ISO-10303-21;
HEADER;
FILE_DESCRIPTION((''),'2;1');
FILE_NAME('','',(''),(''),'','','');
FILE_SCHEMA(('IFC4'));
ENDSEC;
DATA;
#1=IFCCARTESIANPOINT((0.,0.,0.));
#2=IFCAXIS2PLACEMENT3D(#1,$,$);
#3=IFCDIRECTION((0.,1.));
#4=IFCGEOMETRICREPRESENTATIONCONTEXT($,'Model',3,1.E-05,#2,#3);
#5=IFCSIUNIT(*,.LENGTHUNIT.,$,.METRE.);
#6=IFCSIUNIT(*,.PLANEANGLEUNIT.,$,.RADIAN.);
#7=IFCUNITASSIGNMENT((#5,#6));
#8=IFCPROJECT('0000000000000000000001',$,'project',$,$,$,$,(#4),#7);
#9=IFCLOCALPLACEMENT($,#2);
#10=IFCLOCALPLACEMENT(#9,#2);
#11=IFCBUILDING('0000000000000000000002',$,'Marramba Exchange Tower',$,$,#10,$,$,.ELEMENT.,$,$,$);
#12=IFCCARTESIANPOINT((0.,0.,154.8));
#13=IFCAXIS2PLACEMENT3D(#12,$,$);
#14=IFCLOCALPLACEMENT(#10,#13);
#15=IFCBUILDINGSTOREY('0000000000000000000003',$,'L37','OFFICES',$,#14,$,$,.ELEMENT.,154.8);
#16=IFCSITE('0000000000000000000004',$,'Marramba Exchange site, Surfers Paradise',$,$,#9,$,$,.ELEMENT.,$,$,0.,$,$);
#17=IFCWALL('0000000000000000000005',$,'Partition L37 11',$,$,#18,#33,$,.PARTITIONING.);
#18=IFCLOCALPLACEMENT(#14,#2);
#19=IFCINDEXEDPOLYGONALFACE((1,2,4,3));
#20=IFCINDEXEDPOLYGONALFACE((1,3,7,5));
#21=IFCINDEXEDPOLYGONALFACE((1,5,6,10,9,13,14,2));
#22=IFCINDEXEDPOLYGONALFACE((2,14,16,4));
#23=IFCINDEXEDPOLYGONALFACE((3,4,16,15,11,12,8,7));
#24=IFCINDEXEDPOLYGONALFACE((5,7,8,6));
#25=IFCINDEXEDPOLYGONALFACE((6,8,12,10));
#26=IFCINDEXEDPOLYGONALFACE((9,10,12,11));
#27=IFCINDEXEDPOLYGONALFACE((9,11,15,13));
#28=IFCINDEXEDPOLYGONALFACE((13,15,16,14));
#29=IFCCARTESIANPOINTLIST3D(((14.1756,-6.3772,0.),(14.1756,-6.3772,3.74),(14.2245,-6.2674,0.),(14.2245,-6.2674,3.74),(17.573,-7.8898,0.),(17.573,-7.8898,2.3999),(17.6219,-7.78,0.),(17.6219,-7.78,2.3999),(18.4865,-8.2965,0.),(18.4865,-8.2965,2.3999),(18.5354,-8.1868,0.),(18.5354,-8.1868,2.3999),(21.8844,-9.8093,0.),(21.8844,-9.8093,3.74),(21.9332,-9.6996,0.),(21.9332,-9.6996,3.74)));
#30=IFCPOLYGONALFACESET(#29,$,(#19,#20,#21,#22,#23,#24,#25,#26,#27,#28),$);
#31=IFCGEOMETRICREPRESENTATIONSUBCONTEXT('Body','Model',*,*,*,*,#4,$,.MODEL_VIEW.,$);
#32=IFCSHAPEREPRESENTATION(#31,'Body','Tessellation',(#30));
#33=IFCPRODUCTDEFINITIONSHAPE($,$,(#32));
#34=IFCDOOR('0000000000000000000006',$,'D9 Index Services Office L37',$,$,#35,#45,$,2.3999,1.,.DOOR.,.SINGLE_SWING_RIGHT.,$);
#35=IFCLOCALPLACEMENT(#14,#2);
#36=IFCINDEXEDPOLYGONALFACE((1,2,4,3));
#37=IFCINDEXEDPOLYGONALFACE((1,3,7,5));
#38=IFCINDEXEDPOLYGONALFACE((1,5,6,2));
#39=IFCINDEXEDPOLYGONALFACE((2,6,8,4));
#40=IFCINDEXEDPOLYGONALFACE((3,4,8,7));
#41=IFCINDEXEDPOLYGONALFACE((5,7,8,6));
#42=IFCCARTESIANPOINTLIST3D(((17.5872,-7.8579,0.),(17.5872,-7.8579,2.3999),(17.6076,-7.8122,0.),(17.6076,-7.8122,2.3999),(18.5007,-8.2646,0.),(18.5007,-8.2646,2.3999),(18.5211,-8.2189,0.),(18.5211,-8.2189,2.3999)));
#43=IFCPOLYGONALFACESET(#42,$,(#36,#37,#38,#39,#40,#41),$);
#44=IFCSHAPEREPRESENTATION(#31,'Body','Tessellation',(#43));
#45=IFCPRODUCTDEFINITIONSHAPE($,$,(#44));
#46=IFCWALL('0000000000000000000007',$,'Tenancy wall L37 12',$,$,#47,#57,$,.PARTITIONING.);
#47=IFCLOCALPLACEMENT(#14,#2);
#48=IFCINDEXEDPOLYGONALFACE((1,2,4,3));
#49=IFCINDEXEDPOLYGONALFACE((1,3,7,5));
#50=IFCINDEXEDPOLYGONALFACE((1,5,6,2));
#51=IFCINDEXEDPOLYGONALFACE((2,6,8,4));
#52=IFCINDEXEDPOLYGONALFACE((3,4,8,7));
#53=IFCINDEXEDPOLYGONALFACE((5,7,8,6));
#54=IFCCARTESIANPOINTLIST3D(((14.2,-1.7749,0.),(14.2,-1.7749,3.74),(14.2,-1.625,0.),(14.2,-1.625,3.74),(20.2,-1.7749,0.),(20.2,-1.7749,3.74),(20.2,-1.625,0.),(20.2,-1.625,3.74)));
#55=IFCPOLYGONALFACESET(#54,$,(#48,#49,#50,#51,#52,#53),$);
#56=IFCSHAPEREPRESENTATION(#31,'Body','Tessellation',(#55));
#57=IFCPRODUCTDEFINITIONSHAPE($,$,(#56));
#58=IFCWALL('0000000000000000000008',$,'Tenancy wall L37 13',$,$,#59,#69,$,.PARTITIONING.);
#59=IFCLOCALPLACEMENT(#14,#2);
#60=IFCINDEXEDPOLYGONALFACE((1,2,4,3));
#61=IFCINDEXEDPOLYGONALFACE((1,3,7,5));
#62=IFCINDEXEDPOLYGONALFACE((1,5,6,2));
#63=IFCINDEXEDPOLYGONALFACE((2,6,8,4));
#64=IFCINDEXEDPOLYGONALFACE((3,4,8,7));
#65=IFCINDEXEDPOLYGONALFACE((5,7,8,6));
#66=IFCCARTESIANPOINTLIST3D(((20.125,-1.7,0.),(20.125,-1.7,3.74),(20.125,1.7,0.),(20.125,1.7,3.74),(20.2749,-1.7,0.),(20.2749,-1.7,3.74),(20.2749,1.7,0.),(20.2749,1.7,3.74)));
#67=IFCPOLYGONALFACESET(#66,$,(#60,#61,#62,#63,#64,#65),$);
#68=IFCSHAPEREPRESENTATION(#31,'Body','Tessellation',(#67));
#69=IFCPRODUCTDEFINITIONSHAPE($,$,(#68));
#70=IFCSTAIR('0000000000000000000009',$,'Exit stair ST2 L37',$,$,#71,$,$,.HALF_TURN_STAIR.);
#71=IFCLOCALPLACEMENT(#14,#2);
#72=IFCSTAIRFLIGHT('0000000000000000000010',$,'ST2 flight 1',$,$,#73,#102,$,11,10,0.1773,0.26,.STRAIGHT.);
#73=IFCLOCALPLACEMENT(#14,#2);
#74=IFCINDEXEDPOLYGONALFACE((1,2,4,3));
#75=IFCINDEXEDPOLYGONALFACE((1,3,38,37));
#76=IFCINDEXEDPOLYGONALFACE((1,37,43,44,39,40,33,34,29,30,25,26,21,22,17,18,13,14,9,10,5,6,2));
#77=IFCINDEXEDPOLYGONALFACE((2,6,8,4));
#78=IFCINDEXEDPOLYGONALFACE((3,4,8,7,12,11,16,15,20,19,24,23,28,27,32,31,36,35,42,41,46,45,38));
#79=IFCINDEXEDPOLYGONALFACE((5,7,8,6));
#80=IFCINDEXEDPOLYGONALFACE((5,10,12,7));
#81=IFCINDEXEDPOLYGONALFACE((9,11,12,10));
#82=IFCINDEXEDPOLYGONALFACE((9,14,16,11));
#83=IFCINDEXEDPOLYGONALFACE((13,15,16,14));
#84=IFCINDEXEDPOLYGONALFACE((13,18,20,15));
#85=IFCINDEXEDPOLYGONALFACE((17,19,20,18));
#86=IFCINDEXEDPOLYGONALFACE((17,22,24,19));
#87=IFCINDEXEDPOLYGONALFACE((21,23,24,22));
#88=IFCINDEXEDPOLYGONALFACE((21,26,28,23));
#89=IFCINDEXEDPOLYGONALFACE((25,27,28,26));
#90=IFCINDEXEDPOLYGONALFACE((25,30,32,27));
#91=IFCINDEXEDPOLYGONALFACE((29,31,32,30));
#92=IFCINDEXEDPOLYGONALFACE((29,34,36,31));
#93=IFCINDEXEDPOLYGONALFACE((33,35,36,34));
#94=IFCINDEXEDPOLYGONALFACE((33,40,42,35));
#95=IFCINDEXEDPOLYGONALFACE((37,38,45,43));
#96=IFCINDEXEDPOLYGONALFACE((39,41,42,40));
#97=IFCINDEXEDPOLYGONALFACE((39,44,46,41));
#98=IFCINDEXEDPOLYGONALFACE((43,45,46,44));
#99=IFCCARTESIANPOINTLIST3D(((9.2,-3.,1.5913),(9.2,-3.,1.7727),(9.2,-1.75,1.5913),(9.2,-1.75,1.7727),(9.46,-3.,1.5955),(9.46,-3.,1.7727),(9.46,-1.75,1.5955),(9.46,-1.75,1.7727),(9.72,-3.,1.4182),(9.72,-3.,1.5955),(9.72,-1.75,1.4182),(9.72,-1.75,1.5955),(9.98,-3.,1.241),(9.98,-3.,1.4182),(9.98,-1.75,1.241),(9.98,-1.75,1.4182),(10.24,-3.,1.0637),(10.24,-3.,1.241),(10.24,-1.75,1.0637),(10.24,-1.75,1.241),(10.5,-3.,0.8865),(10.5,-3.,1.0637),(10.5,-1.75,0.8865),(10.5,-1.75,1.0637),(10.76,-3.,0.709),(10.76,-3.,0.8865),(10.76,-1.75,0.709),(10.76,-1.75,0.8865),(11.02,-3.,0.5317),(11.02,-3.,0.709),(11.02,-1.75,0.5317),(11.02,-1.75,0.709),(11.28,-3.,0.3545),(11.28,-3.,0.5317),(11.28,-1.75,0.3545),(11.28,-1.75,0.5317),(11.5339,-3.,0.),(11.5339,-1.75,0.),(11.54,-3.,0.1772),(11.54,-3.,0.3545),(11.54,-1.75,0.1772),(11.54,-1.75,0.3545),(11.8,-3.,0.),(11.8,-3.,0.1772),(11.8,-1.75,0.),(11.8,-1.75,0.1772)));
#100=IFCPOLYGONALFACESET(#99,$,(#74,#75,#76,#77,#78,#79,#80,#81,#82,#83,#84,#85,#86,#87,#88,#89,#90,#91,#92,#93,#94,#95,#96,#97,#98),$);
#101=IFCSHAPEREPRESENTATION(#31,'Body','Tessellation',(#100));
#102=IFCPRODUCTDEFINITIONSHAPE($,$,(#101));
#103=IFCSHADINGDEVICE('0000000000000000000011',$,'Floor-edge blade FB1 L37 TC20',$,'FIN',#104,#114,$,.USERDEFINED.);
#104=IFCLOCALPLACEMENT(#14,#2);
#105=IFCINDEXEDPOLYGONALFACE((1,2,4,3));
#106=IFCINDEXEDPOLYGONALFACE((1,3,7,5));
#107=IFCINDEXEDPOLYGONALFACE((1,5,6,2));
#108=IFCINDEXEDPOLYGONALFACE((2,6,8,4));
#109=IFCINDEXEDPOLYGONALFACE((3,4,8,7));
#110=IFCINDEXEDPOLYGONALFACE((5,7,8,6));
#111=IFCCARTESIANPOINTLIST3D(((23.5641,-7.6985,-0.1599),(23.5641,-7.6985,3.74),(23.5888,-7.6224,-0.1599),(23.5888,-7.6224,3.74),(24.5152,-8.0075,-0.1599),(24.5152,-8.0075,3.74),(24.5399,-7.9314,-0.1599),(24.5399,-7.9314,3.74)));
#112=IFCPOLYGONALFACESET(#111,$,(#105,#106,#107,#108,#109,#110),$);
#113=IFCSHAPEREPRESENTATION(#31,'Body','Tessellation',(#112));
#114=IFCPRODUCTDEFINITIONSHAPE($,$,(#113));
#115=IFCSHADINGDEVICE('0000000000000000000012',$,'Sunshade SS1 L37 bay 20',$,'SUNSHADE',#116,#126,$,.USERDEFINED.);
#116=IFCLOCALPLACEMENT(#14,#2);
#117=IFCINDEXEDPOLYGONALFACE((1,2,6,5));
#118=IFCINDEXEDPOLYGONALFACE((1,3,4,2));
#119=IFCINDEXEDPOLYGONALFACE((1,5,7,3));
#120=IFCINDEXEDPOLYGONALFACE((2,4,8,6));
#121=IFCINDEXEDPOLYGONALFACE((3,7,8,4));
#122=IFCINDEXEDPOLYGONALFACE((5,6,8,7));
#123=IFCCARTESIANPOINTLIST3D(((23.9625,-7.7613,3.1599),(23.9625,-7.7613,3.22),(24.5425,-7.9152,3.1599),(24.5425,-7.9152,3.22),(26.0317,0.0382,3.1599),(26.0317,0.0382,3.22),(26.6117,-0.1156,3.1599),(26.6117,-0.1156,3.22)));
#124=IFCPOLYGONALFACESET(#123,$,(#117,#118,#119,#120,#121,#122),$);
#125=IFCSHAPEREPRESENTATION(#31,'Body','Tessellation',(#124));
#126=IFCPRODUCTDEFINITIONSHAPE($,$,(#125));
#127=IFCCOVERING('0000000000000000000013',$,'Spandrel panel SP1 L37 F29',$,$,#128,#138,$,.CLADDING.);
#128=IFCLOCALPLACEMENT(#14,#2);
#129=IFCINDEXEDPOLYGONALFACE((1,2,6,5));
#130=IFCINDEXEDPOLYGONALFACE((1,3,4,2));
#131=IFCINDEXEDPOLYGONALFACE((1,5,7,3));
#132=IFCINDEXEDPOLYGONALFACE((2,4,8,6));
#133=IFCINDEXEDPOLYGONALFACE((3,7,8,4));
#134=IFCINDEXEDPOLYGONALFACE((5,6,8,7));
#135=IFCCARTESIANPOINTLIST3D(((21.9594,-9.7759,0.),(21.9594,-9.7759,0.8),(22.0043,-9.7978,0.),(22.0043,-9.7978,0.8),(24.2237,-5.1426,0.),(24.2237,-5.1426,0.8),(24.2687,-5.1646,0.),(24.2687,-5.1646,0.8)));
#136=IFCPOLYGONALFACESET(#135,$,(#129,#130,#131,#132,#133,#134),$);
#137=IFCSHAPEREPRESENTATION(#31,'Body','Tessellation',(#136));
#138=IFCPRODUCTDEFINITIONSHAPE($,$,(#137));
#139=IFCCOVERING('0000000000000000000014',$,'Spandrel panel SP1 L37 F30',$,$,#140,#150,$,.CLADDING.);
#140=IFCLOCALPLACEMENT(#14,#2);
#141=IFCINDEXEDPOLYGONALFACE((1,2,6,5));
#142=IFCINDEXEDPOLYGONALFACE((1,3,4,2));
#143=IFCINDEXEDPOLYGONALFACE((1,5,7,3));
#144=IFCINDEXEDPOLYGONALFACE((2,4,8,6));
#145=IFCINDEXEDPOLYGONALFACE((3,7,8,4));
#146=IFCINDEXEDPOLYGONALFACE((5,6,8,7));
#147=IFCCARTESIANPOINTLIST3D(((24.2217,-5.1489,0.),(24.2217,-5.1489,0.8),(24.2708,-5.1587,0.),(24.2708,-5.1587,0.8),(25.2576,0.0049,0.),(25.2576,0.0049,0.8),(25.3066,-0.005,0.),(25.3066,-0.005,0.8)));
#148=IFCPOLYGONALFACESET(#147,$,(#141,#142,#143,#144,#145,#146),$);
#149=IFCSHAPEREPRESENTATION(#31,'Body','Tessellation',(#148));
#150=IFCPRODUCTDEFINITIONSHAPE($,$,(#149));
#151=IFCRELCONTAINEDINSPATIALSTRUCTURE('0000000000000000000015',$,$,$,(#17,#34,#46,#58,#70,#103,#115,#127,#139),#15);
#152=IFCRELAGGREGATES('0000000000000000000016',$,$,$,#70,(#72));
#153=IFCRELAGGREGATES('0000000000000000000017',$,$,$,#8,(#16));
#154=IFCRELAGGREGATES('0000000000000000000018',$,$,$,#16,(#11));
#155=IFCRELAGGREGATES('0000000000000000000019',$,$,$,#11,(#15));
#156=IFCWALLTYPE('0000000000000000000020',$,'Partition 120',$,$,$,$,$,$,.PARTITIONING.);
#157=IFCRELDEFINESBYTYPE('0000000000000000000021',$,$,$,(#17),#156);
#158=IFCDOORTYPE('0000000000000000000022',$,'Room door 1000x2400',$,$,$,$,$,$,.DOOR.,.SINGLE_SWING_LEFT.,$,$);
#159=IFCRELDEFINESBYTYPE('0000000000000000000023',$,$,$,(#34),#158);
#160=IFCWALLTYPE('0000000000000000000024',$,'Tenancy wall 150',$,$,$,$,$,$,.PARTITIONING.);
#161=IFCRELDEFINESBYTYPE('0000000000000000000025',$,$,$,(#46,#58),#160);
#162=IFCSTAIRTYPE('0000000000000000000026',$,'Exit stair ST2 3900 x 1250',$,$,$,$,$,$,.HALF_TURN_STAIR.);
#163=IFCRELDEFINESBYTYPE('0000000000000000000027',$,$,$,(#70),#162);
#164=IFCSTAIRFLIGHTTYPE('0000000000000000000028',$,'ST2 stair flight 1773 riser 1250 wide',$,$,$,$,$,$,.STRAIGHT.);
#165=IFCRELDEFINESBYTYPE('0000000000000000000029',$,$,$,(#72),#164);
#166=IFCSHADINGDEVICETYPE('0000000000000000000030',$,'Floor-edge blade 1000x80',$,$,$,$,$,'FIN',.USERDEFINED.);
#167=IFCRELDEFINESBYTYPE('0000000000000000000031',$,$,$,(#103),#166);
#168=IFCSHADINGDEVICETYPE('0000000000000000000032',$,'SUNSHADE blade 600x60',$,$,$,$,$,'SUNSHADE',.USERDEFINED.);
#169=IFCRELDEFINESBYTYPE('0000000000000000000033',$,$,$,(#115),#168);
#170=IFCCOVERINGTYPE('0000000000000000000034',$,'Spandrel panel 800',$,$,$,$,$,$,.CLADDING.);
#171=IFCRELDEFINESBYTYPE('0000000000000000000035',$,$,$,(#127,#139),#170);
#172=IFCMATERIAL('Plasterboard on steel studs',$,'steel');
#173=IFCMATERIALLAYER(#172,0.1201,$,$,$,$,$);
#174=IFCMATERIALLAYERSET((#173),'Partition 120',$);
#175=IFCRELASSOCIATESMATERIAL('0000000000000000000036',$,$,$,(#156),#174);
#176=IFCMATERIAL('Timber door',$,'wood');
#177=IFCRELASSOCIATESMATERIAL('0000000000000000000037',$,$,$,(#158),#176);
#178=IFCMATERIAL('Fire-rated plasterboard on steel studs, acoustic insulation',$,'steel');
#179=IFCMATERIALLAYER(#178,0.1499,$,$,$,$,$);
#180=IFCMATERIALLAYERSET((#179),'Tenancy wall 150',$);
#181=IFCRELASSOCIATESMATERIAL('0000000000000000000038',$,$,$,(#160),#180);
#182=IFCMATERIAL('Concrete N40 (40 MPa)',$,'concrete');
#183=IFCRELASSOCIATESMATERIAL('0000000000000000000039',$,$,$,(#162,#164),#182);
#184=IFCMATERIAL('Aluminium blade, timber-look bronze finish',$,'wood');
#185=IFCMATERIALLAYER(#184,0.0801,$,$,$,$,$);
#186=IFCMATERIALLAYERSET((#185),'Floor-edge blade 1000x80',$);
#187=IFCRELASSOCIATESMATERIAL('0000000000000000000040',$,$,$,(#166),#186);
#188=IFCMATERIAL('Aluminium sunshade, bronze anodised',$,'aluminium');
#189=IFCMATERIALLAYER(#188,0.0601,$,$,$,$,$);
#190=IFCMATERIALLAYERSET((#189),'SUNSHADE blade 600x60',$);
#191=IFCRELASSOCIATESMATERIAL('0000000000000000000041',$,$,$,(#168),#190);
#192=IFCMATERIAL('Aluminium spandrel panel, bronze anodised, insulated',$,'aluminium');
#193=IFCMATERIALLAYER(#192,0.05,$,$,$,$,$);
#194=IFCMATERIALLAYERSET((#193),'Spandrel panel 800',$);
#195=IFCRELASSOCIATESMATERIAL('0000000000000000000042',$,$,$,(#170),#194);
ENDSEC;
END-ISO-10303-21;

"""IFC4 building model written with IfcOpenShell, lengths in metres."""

from ifc_helpers import new_model, si_unit, direction, frame, frame_2d, origin, origin_2d, place, context, subcontext, project, spatial, polyline, rectangle, outline, extrude, material, layer, layer_set, type_object, element, fill, aggregate, save


model = new_model("IFC4")

# Units and contexts
model_context = context("Model", 3, precision=1e-05, world=origin(), true_north=direction((0.0, 1.0)))
body_context = subcontext(model_context, "Body", "Model", "MODEL_VIEW")
ifc_project = project(units=[si_unit("LENGTHUNIT", "METRE"), si_unit("PLANEANGLEUNIT", "RADIAN")], contexts=[model_context])

# Site, building, storey
site_placement = place(None, origin())
site = spatial("IfcSite", under=ifc_project, at=site_placement, Name="Marramba Exchange site, Surfers Paradise", CompositionType="ELEMENT", RefElevation=0.0)
building_placement = place(site_placement, origin())
building = spatial("IfcBuilding", under=site, at=building_placement, Name="Marramba Exchange Tower", CompositionType="ELEMENT")
storey_placement = place(building_placement, frame((0.0, 0.0, 154.8)))
storey = spatial("IfcBuildingStorey", under=building, at=storey_placement, Name="L37", Description="OFFICES", CompositionType="ELEMENT", Elevation=154.8)

# Wall, opening, door
ifc_material_1 = material(Name="Plasterboard on steel studs", Category="steel")
ifc_layer_1 = layer(ifc_material_1, 0.1201)
ifc_layer_set_1 = layer_set([ifc_layer_1], Name="Partition 120")
wall_type_1 = type_object("IfcWallType", Name="Partition 120", PredefinedType="PARTITIONING", material=ifc_layer_set_1)
wall_1_placement = place(storey_placement, frame((14.2, -6.3223, 0.0), z_axis=(0.0, 0.0, 1.0), x_axis=(0.913546, -0.406734, 0.0)))
wall_1 = element("IfcWall", 1, at=wall_1_placement, inside=storey, type_object=wall_type_1, Name="Partition L37 11", PredefinedType="PARTITIONING", context=body_context, shape_type="SweptSolid", body=[
    extrude(rectangle(XDim=8.4382, YDim=0.1201, at=frame_2d((4.2192, 0.0))), origin(), (0.0, 0.0, 1.0), 3.74),
])
opening_1_placement = place(wall_1_placement, frame((3.719, 0.0, 0.0)))
opening_1 = element("IfcOpeningElement", 2, at=opening_1_placement, cuts=wall_1, PredefinedType="OPENING", context=body_context, shape_type="SweptSolid", body=[
    extrude(rectangle(XDim=1.0, YDim=2.3999, at=frame_2d((0.5, 1.2))), frame((0.0, 0.0701, 0.0), z_axis=(0.0, -1.0, 0.0), x_axis=(1.0, 0.0, 0.0)), (0.0, 0.0, 1.0), 0.1401),
])
ifc_material_2 = material(Name="Timber door", Category="wood")
door_type_1 = type_object("IfcDoorType", Name="Room door 1000x2400", OperationType="SINGLE_SWING_LEFT", PredefinedType="DOOR", material=ifc_material_2)
door_1_placement = place(opening_1_placement, origin())
door_1 = element("IfcDoor", 3, at=door_1_placement, inside=storey, type_object=door_type_1, Name="D9 Index Services Office L37", OperationType="SINGLE_SWING_RIGHT", OverallHeight=2.3999, OverallWidth=1.0, PredefinedType="DOOR", context=body_context, shape_type="SweptSolid", body=[
    extrude(rectangle(XDim=1.0, YDim=2.3999, at=frame_2d((0.5, 1.2))), frame((0.0, 0.0249, 0.0), z_axis=(0.0, -1.0, 0.0), x_axis=(1.0, 0.0, 0.0)), (0.0, 0.0, 1.0), 0.05),
])
fill(opening_1, door_1)

# Walls
ifc_material_3 = material(Name="Fire-rated plasterboard on steel studs, acoustic insulation", Category="steel")
ifc_layer_2 = layer(ifc_material_3, 0.1499)
ifc_layer_set_2 = layer_set([ifc_layer_2], Name="Tenancy wall 150")
wall_type_2 = type_object("IfcWallType", Name="Tenancy wall 150", PredefinedType="PARTITIONING", material=ifc_layer_set_2)
wall_2_placement = place(storey_placement, frame((14.2, -1.7, 0.0), z_axis=(0.0, 0.0, 1.0), x_axis=(1.0, 0.0, 0.0)))
element("IfcWall", 4, at=wall_2_placement, inside=storey, type_object=wall_type_2, Name="Tenancy wall L37 12", PredefinedType="PARTITIONING", context=body_context, shape_type="SweptSolid", body=[
    extrude(rectangle(XDim=6.0, YDim=0.1499, at=frame_2d((3.0, 0.0))), origin(), (0.0, 0.0, 1.0), 3.74),
])
wall_3_placement = place(storey_placement, frame((20.2, -1.7, 0.0), z_axis=(0.0, 0.0, 1.0), x_axis=(0.0, 1.0, 0.0)))
element("IfcWall", 5, at=wall_3_placement, inside=storey, type_object=wall_type_2, Name="Tenancy wall L37 13", PredefinedType="PARTITIONING", context=body_context, shape_type="SweptSolid", body=[
    extrude(rectangle(XDim=3.3999, YDim=0.1499, at=frame_2d((1.7, 0.0))), origin(), (0.0, 0.0, 1.0), 3.74),
])

# Stair, stair flight
ifc_material_4 = material(Name="Concrete N40 (40 MPa)", Category="concrete")
stair_type = type_object("IfcStairType", Name="Exit stair ST2 3900 x 1250", PredefinedType="HALF_TURN_STAIR", material=ifc_material_4)
stair_placement = place(storey_placement, origin())
stair = element("IfcStair", 6, at=stair_placement, inside=storey, type_object=stair_type, Name="Exit stair ST2 L37", PredefinedType="HALF_TURN_STAIR")
stair_flight_type = type_object("IfcStairFlightType", Name="ST2 stair flight 1773 riser 1250 wide", PredefinedType="STRAIGHT", material=ifc_material_4)
stair_flight_placement = place(storey_placement, frame((11.8, -2.375, 0.0), z_axis=(0.0, 0.0, 1.0), x_axis=(-1.0, 0.0, 0.0)))
stair_flight = element("IfcStairFlight", 7, at=stair_flight_placement, type_object=stair_flight_type, Name="ST2 flight 1", NumberOfRisers=11, NumberOfTreads=10, PredefinedType="STRAIGHT", RiserHeight=0.1773, TreadLength=0.26, context=body_context, shape_type="SweptSolid", body=[
    extrude(outline(polyline([(0.0, 0.0), (0.0, 0.1772), (0.26, 0.1772), (0.26, 0.3545), (0.52, 0.3545), (0.52, 0.5317), (0.78, 0.5317), (0.78, 0.709), (1.04, 0.709), (1.04, 0.8865), (1.3, 0.8865), (1.3, 1.0637), (1.5601, 1.0637), (1.5601, 1.241), (1.8201, 1.241), (1.8201, 1.4182), (2.0801, 1.4182), (2.0801, 1.5955), (2.3401, 1.5955), (2.3401, 1.7727), (2.6001, 1.7727), (2.6001, 1.95), (2.6001, 1.5913), (0.2661, 0.0), (0.0, 0.0)])), frame((0.0, 0.625, 0.0), z_axis=(0.0, -1.0, 0.0), x_axis=(1.0, 0.0, 0.0)), (0.0, 0.0, 1.0), 1.25),
])
aggregate(stair, [stair_flight])

# Shading devices
ifc_material_5 = material(Name="Aluminium blade, timber-look bronze finish", Category="wood")
ifc_layer_3 = layer(ifc_material_5, 0.0801)
ifc_layer_set_3 = layer_set([ifc_layer_3], Name="Floor-edge blade 1000x80")
shading_device_type_1 = type_object("IfcShadingDeviceType", Name="Floor-edge blade 1000x80", ElementType="FIN", PredefinedType="USERDEFINED", material=ifc_layer_set_3)
shading_device_1_placement = place(storey_placement, frame((24.052, -7.8149, -0.1599), z_axis=(0.0, 0.0, 1.0), x_axis=(0.951057, -0.309017, 0.0)))
element("IfcShadingDevice", 8, at=shading_device_1_placement, inside=storey, type_object=shading_device_type_1, Name="Floor-edge blade FB1 L37 TC20", ObjectType="FIN", PredefinedType="USERDEFINED", context=body_context, shape_type="SweptSolid", body=[
    extrude(rectangle(XDim=1.0, YDim=0.0801, at=origin_2d()), origin(), (0.0, 0.0, 1.0), 3.8999),
])
ifc_material_6 = material(Name="Aluminium sunshade, bronze anodised", Category="aluminium")
ifc_layer_4 = layer(ifc_material_6, 0.0601)
ifc_layer_set_4 = layer_set([ifc_layer_4], Name="SUNSHADE blade 600x60")
shading_device_type_2 = type_object("IfcShadingDeviceType", Name="SUNSHADE blade 600x60", ElementType="SUNSHADE", PredefinedType="USERDEFINED", material=ifc_layer_set_4)
shading_device_2_placement = place(storey_placement, frame((25.2871, -3.9385, 3.1599), z_axis=(0.0, 0.0, 1.0), x_axis=(0.256423, 0.966565, 0.0)))
element("IfcShadingDevice", 9, at=shading_device_2_placement, inside=storey, type_object=shading_device_type_2, Name="Sunshade SS1 L37 bay 20", ObjectType="SUNSHADE", PredefinedType="USERDEFINED", context=body_context, shape_type="SweptSolid", body=[
    extrude(rectangle(XDim=8.0693, YDim=0.6001, at=origin_2d()), origin(), (0.0, 0.0, 1.0), 0.0601),
])

# Coverings
ifc_material_7 = material(Name="Aluminium spandrel panel, bronze anodised, insulated", Category="aluminium")
ifc_layer_5 = layer(ifc_material_7, 0.05)
ifc_layer_set_5 = layer_set([ifc_layer_5], Name="Spandrel panel 800")
covering_type = type_object("IfcCoveringType", Name="Spandrel panel 800", PredefinedType="CLADDING", material=ifc_layer_set_5)
covering_1_placement = place(storey_placement, frame((23.114, -7.4702, 0.0), z_axis=(0.0, 0.0, 1.0), x_axis=(0.439086, 0.898445, 0.0)))
element("IfcCovering", 10, at=covering_1_placement, inside=storey, type_object=covering_type, Name="Spandrel panel SP1 L37 F29", PredefinedType="CLADDING", context=body_context, shape_type="SweptSolid", body=[
    extrude(rectangle(XDim=5.157, YDim=0.05, at=origin_2d()), origin(), (0.0, 0.0, 1.0), 0.8),
])
covering_2_placement = place(storey_placement, frame((24.7642, -2.5769, 0.0), z_axis=(0.0, 0.0, 1.0), x_axis=(0.197049, 0.980394, 0.0)))
element("IfcCovering", 11, at=covering_2_placement, inside=storey, type_object=covering_type, Name="Spandrel panel SP1 L37 F30", PredefinedType="CLADDING", context=body_context, shape_type="SweptSolid", body=[
    extrude(rectangle(XDim=5.2568, YDim=0.05, at=origin_2d()), origin(), (0.0, 0.0, 1.0), 0.8),
])

save(model, "model.ifc")
